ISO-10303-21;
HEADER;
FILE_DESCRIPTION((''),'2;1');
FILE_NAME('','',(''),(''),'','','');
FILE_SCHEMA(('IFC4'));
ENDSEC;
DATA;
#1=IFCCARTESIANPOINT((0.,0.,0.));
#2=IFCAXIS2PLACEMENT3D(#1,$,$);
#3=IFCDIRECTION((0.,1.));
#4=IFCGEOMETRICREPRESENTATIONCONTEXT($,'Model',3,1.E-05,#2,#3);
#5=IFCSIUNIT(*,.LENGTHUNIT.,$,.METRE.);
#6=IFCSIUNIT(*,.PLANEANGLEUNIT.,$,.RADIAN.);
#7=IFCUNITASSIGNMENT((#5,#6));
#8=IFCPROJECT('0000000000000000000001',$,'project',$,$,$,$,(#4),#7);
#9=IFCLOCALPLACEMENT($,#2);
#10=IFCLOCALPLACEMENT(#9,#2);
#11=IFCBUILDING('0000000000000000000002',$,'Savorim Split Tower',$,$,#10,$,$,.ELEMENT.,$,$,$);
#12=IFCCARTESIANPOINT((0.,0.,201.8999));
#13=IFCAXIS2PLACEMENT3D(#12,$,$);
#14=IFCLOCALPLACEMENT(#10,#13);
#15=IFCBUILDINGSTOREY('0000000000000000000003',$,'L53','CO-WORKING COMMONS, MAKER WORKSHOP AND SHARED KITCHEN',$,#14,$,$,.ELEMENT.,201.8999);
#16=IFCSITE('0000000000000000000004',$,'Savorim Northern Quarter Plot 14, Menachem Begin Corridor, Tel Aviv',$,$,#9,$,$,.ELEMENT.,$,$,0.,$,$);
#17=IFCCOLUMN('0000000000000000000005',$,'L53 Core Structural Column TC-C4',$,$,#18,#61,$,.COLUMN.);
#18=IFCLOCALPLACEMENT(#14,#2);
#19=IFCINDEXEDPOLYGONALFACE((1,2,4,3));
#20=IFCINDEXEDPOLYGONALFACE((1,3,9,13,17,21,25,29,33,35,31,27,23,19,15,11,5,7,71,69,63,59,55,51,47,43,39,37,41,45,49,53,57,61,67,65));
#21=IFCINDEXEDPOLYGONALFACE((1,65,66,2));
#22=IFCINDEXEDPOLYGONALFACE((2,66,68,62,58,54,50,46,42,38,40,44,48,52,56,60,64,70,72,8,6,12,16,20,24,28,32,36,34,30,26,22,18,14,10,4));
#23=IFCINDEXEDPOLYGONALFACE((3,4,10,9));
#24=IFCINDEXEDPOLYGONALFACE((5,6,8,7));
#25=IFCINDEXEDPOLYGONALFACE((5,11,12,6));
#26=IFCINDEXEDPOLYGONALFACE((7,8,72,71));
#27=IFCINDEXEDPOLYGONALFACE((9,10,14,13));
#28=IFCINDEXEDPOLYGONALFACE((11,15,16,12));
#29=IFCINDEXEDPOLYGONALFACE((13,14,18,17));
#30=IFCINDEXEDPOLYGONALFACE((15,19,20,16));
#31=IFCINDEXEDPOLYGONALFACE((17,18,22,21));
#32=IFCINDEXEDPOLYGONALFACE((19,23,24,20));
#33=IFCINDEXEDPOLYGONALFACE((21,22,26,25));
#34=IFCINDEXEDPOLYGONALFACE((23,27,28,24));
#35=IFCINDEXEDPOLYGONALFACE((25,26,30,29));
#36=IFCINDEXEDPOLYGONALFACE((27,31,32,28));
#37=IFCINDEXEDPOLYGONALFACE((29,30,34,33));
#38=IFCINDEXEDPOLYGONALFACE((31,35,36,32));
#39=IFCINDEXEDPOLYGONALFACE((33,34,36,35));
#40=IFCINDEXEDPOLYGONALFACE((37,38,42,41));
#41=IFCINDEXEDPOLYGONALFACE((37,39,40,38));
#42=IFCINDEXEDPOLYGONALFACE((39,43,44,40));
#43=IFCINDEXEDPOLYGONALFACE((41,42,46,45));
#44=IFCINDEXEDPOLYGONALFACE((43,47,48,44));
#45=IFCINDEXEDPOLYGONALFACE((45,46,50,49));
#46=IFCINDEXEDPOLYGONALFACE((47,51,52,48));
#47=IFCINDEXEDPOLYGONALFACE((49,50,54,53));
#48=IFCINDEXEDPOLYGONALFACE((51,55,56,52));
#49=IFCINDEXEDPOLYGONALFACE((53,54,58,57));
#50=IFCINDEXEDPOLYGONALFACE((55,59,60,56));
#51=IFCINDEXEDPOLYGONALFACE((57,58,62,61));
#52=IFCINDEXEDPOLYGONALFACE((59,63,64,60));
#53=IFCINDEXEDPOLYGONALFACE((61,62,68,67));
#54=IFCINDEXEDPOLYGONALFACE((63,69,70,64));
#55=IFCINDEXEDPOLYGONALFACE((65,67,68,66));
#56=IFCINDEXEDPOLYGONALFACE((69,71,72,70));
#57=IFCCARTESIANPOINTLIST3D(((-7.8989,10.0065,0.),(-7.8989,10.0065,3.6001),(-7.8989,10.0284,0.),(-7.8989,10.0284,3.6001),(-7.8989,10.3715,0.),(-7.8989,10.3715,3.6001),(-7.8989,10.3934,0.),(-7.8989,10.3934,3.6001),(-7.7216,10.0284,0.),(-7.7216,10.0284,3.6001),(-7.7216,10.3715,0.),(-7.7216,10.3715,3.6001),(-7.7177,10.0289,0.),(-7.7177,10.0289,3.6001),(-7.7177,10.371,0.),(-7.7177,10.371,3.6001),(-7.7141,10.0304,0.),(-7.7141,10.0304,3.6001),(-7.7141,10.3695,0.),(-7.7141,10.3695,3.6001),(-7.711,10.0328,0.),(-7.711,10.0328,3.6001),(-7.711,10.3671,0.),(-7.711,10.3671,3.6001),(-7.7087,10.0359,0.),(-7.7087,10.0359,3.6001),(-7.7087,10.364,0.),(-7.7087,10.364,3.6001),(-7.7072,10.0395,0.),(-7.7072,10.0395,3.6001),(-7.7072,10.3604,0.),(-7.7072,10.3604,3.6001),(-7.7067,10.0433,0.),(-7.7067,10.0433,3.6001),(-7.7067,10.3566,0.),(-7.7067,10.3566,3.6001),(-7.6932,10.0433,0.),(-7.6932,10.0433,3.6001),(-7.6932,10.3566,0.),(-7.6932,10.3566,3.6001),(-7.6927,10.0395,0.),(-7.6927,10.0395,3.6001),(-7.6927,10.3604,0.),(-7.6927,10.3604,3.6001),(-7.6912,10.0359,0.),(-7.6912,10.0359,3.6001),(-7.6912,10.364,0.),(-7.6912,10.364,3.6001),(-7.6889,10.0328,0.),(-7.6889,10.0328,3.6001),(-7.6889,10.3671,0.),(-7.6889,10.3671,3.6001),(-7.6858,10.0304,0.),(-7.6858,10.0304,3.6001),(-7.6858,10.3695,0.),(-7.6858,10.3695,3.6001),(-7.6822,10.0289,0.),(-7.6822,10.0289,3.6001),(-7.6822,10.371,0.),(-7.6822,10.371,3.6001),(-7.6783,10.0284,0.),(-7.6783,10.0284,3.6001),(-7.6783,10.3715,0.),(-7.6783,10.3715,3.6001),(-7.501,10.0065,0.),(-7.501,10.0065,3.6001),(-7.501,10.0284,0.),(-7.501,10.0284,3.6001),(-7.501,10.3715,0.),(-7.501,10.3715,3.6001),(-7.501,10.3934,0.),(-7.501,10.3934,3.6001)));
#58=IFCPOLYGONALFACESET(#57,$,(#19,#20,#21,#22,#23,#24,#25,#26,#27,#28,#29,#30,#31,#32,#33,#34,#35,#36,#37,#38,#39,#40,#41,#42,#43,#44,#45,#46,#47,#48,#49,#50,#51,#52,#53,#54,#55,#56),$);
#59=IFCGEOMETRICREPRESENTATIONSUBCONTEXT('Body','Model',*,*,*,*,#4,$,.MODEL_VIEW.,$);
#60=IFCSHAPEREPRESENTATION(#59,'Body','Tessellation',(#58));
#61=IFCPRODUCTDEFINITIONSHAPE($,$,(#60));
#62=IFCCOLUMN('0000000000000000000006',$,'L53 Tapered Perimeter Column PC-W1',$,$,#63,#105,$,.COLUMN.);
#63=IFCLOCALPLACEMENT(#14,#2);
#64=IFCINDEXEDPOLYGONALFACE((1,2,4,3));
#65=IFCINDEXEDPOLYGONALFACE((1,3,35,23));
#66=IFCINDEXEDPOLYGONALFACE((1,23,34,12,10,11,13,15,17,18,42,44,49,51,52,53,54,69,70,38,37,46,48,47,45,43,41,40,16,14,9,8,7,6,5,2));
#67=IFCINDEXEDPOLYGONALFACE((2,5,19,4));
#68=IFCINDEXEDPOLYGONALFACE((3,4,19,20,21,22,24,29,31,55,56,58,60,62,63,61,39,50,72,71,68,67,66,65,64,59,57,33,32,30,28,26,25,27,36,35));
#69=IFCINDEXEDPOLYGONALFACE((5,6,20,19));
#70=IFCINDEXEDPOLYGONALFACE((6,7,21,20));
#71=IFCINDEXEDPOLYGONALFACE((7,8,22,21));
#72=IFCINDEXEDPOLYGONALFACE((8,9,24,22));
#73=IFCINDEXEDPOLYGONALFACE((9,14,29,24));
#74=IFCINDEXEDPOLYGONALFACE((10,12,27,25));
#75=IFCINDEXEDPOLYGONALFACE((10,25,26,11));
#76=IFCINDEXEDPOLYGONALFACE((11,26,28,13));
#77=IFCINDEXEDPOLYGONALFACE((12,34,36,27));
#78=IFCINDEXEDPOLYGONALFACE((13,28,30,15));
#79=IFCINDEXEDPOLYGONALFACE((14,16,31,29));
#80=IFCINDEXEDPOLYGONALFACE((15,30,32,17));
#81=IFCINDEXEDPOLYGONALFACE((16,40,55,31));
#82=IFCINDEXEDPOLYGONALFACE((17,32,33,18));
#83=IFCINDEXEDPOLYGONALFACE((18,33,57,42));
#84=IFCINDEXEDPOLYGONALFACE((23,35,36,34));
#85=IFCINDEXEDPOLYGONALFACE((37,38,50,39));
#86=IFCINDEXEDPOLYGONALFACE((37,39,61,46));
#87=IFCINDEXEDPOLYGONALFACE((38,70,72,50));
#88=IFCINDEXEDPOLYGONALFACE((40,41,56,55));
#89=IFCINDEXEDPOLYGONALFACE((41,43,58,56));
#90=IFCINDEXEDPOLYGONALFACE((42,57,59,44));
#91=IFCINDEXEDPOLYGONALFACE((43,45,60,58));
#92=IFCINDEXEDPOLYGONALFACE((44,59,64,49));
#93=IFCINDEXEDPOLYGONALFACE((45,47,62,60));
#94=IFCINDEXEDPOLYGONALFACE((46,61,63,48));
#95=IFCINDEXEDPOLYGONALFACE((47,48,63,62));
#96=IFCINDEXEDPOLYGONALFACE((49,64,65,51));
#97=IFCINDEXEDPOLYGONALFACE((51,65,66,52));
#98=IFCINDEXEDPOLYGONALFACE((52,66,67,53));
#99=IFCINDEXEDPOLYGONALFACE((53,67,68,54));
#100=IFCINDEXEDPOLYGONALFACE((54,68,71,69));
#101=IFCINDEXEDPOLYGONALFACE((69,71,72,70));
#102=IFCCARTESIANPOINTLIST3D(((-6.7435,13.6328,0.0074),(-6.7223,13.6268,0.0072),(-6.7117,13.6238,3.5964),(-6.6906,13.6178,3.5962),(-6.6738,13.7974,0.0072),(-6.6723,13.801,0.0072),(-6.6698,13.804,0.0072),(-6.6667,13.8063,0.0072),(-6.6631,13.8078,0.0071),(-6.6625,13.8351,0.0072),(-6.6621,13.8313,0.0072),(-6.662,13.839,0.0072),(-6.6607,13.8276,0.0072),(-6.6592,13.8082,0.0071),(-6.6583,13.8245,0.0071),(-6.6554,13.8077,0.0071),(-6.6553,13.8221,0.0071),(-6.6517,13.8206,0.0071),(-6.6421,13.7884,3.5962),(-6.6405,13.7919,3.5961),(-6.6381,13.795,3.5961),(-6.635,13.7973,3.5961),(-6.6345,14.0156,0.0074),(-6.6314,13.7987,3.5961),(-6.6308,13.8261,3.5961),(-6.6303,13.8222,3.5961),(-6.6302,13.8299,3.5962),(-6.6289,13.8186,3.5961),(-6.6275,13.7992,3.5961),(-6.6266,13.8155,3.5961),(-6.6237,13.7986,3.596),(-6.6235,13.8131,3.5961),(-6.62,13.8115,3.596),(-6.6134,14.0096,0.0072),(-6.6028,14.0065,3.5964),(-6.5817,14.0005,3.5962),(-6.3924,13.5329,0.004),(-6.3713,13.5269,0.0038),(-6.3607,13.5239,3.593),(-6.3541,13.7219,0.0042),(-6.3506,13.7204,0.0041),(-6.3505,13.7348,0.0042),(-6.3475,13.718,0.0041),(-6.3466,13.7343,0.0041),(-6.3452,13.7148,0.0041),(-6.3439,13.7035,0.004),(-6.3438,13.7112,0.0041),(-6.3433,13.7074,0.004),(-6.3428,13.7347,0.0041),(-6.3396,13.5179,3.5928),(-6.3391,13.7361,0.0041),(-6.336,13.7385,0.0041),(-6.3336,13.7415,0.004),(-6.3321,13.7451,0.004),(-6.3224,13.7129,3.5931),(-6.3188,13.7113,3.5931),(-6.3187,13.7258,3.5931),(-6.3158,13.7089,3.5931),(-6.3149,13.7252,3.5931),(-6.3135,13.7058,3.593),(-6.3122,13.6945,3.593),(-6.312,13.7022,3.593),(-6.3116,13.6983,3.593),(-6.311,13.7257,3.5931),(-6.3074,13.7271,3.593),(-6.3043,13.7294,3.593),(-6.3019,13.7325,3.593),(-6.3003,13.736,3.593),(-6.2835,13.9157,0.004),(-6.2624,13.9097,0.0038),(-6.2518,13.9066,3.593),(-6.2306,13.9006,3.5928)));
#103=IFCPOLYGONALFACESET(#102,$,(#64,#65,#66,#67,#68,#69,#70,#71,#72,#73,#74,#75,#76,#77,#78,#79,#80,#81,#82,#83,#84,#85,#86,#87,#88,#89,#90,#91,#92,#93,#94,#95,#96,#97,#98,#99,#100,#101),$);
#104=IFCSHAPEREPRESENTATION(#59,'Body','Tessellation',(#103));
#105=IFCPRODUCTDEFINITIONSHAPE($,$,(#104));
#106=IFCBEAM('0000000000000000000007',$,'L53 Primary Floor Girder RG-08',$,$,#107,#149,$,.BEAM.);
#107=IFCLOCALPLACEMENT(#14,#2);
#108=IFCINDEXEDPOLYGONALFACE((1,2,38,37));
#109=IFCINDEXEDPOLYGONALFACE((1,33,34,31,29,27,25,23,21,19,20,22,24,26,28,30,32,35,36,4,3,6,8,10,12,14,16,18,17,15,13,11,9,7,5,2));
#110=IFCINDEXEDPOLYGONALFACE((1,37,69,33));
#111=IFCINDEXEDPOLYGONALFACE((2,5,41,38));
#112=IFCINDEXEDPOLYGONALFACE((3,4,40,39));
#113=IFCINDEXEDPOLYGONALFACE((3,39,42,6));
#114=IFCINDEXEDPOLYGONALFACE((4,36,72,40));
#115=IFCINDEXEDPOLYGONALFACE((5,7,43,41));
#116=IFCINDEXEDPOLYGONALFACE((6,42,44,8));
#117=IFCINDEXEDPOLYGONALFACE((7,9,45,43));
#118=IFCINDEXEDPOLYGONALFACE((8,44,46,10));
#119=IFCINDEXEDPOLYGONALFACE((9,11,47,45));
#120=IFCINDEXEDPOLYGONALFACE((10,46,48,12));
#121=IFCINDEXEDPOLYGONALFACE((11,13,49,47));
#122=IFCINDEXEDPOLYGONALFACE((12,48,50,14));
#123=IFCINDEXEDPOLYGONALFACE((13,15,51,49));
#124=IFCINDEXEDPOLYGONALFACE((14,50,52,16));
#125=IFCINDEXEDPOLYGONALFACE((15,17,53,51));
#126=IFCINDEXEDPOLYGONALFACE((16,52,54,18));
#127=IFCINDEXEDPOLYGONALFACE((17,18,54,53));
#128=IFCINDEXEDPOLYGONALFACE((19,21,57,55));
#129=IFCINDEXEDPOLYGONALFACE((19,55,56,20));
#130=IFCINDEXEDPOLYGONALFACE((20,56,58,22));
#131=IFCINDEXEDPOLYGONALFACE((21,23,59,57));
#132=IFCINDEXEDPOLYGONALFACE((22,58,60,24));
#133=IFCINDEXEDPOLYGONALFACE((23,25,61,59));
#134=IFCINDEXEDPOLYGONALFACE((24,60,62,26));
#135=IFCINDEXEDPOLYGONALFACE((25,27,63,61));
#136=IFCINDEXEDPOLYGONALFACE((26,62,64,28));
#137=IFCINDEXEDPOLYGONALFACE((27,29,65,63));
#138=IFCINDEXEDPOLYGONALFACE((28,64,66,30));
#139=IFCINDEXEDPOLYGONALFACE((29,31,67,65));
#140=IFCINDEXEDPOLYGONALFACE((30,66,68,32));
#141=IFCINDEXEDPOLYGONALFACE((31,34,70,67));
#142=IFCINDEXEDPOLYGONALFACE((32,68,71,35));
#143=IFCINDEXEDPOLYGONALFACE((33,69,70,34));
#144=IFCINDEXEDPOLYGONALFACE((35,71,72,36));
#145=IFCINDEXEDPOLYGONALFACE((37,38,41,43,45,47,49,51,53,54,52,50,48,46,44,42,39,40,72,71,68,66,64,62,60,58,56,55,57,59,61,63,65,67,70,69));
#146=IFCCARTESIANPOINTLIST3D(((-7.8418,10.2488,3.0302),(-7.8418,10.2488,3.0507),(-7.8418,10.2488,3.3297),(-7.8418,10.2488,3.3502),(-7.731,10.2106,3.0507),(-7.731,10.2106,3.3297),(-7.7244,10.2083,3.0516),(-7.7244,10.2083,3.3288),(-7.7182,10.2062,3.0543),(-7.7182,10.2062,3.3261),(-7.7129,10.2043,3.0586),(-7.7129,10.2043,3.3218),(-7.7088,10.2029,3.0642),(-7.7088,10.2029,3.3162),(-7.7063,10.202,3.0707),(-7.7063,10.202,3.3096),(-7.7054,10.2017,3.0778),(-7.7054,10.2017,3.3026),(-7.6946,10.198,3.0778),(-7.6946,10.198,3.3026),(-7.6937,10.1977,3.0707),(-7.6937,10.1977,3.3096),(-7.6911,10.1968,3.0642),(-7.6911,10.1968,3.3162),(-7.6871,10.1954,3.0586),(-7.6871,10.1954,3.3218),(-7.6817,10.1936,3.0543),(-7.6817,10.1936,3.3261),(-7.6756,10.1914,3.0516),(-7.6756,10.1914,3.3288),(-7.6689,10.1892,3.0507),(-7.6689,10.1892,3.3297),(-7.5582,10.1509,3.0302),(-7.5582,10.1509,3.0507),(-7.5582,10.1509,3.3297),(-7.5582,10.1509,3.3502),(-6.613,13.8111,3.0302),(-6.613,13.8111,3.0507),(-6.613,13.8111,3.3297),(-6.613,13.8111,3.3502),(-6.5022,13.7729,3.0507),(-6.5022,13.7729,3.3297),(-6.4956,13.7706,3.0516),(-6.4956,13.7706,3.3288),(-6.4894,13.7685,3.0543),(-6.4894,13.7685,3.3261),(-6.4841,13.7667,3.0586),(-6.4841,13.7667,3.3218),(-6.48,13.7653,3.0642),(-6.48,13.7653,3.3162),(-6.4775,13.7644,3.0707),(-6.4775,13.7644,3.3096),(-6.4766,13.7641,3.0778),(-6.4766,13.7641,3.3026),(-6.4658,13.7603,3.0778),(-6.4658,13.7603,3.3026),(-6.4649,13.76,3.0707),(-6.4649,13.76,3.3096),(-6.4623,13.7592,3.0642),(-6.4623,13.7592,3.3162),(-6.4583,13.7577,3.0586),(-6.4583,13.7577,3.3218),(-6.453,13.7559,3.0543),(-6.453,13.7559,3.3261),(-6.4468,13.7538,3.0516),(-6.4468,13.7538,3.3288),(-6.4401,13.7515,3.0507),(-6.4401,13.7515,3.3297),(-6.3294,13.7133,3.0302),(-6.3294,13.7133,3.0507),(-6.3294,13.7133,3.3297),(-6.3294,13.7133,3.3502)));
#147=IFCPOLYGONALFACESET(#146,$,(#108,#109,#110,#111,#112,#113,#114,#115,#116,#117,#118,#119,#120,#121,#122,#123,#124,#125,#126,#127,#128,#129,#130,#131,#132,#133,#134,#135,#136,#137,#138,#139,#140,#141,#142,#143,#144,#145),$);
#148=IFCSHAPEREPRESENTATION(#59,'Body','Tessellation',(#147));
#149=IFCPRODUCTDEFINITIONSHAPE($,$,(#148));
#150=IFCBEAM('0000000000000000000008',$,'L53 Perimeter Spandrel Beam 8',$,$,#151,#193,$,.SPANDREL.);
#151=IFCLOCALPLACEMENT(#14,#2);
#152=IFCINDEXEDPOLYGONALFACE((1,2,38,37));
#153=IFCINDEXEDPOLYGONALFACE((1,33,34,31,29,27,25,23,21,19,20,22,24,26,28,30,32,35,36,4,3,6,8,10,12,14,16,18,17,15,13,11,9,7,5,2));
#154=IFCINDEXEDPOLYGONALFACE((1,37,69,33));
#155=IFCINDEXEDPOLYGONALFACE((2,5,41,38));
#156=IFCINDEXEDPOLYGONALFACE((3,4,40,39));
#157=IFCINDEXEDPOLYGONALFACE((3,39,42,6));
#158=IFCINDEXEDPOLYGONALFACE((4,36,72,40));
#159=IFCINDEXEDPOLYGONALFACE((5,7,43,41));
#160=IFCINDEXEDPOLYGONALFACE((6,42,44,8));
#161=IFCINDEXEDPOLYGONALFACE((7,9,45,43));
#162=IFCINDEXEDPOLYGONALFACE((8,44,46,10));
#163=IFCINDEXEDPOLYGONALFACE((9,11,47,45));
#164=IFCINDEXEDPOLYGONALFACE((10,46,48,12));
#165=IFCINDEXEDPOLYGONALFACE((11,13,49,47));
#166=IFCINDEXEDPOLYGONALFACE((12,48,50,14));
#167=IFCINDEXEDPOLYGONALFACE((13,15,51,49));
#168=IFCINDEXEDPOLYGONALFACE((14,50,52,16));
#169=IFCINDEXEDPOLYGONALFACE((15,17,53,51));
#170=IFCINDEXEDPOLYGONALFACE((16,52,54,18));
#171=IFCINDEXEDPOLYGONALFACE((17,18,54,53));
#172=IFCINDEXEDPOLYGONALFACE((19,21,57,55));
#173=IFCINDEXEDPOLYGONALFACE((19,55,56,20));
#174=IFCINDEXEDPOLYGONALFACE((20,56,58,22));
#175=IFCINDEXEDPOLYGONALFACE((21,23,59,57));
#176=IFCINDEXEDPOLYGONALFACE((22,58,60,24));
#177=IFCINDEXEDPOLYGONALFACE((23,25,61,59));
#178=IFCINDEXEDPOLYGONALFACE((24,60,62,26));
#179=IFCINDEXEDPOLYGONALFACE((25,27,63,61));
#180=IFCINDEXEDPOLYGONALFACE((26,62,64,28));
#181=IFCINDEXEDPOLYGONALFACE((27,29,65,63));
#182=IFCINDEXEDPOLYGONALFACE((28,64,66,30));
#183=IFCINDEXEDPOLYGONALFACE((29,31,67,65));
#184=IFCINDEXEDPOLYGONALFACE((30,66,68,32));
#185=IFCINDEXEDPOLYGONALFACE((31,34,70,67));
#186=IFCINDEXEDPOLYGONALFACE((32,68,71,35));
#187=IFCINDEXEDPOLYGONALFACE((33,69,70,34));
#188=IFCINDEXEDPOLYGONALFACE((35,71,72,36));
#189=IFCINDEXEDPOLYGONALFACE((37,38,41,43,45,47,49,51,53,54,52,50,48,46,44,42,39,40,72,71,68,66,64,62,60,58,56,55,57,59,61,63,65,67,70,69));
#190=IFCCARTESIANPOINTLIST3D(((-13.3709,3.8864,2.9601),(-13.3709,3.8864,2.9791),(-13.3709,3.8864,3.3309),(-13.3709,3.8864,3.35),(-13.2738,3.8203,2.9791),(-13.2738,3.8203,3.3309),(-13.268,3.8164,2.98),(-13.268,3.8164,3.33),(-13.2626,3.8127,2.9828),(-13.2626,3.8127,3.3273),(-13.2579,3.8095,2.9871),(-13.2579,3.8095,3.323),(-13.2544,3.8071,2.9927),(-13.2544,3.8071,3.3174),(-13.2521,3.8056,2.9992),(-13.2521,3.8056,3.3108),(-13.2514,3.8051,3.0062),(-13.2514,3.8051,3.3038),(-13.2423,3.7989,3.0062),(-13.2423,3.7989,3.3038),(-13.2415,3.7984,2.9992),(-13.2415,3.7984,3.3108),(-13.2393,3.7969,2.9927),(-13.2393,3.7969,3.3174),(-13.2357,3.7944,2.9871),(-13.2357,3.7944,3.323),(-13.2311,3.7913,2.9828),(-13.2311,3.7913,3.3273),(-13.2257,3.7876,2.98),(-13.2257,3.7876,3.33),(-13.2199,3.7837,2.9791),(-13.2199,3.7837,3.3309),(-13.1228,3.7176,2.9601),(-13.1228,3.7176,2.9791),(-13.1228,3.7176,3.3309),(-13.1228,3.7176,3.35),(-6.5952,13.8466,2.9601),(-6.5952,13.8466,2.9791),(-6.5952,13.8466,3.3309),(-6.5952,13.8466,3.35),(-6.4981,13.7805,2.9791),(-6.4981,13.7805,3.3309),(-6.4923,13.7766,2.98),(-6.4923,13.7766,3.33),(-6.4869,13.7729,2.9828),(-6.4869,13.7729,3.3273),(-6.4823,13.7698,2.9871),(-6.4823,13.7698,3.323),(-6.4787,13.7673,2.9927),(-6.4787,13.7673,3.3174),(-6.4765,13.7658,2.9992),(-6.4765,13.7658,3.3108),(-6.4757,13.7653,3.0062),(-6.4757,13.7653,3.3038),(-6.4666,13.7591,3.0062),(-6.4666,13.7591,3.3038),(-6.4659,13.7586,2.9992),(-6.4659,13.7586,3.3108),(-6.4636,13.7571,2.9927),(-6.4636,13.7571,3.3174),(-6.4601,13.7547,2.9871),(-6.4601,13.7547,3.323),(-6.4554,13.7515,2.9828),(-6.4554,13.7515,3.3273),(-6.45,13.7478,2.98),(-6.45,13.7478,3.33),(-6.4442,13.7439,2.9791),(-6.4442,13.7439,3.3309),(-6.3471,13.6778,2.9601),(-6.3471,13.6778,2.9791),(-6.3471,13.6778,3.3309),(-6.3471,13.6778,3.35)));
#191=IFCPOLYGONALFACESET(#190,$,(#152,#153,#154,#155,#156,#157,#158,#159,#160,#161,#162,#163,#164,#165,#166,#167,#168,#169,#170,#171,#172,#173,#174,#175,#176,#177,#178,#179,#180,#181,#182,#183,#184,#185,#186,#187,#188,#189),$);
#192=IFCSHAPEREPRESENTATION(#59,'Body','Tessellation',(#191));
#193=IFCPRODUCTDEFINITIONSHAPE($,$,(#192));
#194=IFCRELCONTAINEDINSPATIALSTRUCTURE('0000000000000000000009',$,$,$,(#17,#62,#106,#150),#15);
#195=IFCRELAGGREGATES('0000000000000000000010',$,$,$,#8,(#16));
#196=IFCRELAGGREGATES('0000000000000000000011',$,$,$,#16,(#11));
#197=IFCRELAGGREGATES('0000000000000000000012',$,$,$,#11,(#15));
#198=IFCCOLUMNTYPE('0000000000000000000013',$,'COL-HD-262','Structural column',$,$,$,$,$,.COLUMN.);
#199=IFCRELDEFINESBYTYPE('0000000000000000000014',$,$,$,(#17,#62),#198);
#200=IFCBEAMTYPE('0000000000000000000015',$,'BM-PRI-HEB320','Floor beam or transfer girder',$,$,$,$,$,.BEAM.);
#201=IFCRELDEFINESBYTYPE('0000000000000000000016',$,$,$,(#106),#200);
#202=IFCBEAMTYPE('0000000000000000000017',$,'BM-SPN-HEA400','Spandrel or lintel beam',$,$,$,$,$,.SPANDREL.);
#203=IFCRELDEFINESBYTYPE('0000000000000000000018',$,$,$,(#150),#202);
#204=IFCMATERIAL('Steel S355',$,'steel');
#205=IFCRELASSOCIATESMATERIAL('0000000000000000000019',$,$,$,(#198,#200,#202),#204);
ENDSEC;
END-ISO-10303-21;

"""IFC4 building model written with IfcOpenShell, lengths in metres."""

from ifc_helpers import new_model, si_unit, direction, frame, origin, origin_2d, place, context, subcontext, project, spatial, i_section, extrude, material, material_profile, profile_set, type_object, element, save


model = new_model("IFC4")

# Units and contexts
model_context = context("Model", 3, precision=1e-05, world=origin(), true_north=direction((0.0, 1.0)))
body_context = subcontext(model_context, "Body", "Model", "MODEL_VIEW")
ifc_project = project(units=[si_unit("LENGTHUNIT", "METRE"), si_unit("PLANEANGLEUNIT", "RADIAN")], contexts=[model_context])

# Site, building, storey
site_placement = place(None, origin())
site = spatial("IfcSite", under=ifc_project, at=site_placement, Name="Savorim Northern Quarter Plot 14, Menachem Begin Corridor, Tel Aviv", CompositionType="ELEMENT", RefElevation=0.0)
building_placement = place(site_placement, origin())
building = spatial("IfcBuilding", under=site, at=building_placement, Name="Savorim Split Tower", CompositionType="ELEMENT")
storey_placement = place(building_placement, frame((0.0, 0.0, 201.8999)))
storey = spatial("IfcBuildingStorey", under=building, at=storey_placement, Name="L53", Description="CO-WORKING COMMONS, MAKER WORKSHOP AND SHARED KITCHEN", CompositionType="ELEMENT", Elevation=201.8999)

# Columns
ifc_material_1 = material(Name="Steel S355", Category="steel")
ifc_material_profile_1 = material_profile(ifc_material_1, i_section(OverallWidth=0.3979, OverallDepth=0.387, WebThickness=0.0134, FlangeThickness=0.022, FilletRadius=0.0149, at=origin_2d()), Name="HD 400x262")
ifc_profile_set_1 = profile_set([ifc_material_profile_1], Name="Steel S355")
column_type = type_object("IfcColumnType", Name="COL-HD-262", Description="Structural column", PredefinedType="COLUMN", material=ifc_profile_set_1)
column_1_placement = place(storey_placement, frame((-7.7, 10.2, 0.0), z_axis=(0.0, 0.0, 1.0), x_axis=(1.0, 0.0, 0.0)))
element("IfcColumn", 1, at=column_1_placement, inside=storey, type_object=column_type, Name="L53 Core Structural Column TC-C4", PredefinedType="COLUMN", context=body_context, shape_type="SweptSolid", body=[
    extrude(i_section(OverallWidth=0.3979, OverallDepth=0.387, WebThickness=0.0134, FlangeThickness=0.022, FilletRadius=0.0149, at=origin_2d()), origin(), (0.0, 0.0, 1.0), 3.6001),
])
column_2_placement = place(storey_placement, frame((-6.5029, 13.7712, 0.0056), z_axis=(0.008843, -0.002517, 0.999958), x_axis=(0.273744, 0.961803, 0.0)))
element("IfcColumn", 2, at=column_2_placement, inside=storey, type_object=column_type, Name="L53 Tapered Perimeter Column PC-W1", PredefinedType="COLUMN", context=body_context, shape_type="SweptSolid", body=[
    extrude(i_section(OverallWidth=0.3979, OverallDepth=0.387, WebThickness=0.0134, FlangeThickness=0.022, FilletRadius=0.0149, at=origin_2d()), origin(), (0.0, 0.0, 1.0), 3.5891),
])

# Beams
ifc_material_profile_2 = material_profile(ifc_material_1, i_section(OverallWidth=0.3, OverallDepth=0.3201, WebThickness=0.0115, FlangeThickness=0.0205, FilletRadius=0.0271, at=origin_2d()), Name="HEB 320")
ifc_profile_set_2 = profile_set([ifc_material_profile_2], Name="Steel S355")
beam_type_1 = type_object("IfcBeamType", Name="BM-PRI-HEB320", Description="Floor beam or transfer girder", PredefinedType="BEAM", material=ifc_profile_set_2)
beam_1_placement = place(storey_placement, frame((-6.4712, 13.7622, 3.1902), z_axis=(-0.326085, -0.945341, 0.0), x_axis=(0.945341, -0.326085, 0.0)))
element("IfcBeam", 3, at=beam_1_placement, inside=storey, type_object=beam_type_1, Name="L53 Primary Floor Girder RG-08", PredefinedType="BEAM", context=body_context, shape_type="SweptSolid", body=[
    extrude(i_section(OverallWidth=0.3, OverallDepth=0.3201, WebThickness=0.0115, FlangeThickness=0.0205, FilletRadius=0.0271, at=origin_2d()), origin(), (0.0, 0.0, 1.0), 3.7683),
])
ifc_material_profile_3 = material_profile(ifc_material_1, i_section(OverallWidth=0.3, OverallDepth=0.3899, WebThickness=0.011, FlangeThickness=0.019, FilletRadius=0.0271, at=origin_2d()), Name="HEA 400")
ifc_profile_set_3 = profile_set([ifc_material_profile_3], Name="Steel S355")
beam_type_2 = type_object("IfcBeamType", Name="BM-SPN-HEA400", Description="Spandrel or lintel beam", PredefinedType="SPANDREL", material=ifc_profile_set_3)
beam_2_placement = place(storey_placement, frame((-6.4712, 13.7622, 3.155), z_axis=(-0.562463, -0.826822, 0.0), x_axis=(0.826822, -0.562463, 0.0)))
element("IfcBeam", 4, at=beam_2_placement, inside=storey, type_object=beam_type_2, Name="L53 Perimeter Spandrel Beam 8", PredefinedType="SPANDREL", context=body_context, shape_type="SweptSolid", body=[
    extrude(i_section(OverallWidth=0.3, OverallDepth=0.3899, WebThickness=0.011, FlangeThickness=0.019, FilletRadius=0.0271, at=origin_2d()), origin(), (0.0, 0.0, 1.0), 12.0464),
])

save(model, "model.ifc")
